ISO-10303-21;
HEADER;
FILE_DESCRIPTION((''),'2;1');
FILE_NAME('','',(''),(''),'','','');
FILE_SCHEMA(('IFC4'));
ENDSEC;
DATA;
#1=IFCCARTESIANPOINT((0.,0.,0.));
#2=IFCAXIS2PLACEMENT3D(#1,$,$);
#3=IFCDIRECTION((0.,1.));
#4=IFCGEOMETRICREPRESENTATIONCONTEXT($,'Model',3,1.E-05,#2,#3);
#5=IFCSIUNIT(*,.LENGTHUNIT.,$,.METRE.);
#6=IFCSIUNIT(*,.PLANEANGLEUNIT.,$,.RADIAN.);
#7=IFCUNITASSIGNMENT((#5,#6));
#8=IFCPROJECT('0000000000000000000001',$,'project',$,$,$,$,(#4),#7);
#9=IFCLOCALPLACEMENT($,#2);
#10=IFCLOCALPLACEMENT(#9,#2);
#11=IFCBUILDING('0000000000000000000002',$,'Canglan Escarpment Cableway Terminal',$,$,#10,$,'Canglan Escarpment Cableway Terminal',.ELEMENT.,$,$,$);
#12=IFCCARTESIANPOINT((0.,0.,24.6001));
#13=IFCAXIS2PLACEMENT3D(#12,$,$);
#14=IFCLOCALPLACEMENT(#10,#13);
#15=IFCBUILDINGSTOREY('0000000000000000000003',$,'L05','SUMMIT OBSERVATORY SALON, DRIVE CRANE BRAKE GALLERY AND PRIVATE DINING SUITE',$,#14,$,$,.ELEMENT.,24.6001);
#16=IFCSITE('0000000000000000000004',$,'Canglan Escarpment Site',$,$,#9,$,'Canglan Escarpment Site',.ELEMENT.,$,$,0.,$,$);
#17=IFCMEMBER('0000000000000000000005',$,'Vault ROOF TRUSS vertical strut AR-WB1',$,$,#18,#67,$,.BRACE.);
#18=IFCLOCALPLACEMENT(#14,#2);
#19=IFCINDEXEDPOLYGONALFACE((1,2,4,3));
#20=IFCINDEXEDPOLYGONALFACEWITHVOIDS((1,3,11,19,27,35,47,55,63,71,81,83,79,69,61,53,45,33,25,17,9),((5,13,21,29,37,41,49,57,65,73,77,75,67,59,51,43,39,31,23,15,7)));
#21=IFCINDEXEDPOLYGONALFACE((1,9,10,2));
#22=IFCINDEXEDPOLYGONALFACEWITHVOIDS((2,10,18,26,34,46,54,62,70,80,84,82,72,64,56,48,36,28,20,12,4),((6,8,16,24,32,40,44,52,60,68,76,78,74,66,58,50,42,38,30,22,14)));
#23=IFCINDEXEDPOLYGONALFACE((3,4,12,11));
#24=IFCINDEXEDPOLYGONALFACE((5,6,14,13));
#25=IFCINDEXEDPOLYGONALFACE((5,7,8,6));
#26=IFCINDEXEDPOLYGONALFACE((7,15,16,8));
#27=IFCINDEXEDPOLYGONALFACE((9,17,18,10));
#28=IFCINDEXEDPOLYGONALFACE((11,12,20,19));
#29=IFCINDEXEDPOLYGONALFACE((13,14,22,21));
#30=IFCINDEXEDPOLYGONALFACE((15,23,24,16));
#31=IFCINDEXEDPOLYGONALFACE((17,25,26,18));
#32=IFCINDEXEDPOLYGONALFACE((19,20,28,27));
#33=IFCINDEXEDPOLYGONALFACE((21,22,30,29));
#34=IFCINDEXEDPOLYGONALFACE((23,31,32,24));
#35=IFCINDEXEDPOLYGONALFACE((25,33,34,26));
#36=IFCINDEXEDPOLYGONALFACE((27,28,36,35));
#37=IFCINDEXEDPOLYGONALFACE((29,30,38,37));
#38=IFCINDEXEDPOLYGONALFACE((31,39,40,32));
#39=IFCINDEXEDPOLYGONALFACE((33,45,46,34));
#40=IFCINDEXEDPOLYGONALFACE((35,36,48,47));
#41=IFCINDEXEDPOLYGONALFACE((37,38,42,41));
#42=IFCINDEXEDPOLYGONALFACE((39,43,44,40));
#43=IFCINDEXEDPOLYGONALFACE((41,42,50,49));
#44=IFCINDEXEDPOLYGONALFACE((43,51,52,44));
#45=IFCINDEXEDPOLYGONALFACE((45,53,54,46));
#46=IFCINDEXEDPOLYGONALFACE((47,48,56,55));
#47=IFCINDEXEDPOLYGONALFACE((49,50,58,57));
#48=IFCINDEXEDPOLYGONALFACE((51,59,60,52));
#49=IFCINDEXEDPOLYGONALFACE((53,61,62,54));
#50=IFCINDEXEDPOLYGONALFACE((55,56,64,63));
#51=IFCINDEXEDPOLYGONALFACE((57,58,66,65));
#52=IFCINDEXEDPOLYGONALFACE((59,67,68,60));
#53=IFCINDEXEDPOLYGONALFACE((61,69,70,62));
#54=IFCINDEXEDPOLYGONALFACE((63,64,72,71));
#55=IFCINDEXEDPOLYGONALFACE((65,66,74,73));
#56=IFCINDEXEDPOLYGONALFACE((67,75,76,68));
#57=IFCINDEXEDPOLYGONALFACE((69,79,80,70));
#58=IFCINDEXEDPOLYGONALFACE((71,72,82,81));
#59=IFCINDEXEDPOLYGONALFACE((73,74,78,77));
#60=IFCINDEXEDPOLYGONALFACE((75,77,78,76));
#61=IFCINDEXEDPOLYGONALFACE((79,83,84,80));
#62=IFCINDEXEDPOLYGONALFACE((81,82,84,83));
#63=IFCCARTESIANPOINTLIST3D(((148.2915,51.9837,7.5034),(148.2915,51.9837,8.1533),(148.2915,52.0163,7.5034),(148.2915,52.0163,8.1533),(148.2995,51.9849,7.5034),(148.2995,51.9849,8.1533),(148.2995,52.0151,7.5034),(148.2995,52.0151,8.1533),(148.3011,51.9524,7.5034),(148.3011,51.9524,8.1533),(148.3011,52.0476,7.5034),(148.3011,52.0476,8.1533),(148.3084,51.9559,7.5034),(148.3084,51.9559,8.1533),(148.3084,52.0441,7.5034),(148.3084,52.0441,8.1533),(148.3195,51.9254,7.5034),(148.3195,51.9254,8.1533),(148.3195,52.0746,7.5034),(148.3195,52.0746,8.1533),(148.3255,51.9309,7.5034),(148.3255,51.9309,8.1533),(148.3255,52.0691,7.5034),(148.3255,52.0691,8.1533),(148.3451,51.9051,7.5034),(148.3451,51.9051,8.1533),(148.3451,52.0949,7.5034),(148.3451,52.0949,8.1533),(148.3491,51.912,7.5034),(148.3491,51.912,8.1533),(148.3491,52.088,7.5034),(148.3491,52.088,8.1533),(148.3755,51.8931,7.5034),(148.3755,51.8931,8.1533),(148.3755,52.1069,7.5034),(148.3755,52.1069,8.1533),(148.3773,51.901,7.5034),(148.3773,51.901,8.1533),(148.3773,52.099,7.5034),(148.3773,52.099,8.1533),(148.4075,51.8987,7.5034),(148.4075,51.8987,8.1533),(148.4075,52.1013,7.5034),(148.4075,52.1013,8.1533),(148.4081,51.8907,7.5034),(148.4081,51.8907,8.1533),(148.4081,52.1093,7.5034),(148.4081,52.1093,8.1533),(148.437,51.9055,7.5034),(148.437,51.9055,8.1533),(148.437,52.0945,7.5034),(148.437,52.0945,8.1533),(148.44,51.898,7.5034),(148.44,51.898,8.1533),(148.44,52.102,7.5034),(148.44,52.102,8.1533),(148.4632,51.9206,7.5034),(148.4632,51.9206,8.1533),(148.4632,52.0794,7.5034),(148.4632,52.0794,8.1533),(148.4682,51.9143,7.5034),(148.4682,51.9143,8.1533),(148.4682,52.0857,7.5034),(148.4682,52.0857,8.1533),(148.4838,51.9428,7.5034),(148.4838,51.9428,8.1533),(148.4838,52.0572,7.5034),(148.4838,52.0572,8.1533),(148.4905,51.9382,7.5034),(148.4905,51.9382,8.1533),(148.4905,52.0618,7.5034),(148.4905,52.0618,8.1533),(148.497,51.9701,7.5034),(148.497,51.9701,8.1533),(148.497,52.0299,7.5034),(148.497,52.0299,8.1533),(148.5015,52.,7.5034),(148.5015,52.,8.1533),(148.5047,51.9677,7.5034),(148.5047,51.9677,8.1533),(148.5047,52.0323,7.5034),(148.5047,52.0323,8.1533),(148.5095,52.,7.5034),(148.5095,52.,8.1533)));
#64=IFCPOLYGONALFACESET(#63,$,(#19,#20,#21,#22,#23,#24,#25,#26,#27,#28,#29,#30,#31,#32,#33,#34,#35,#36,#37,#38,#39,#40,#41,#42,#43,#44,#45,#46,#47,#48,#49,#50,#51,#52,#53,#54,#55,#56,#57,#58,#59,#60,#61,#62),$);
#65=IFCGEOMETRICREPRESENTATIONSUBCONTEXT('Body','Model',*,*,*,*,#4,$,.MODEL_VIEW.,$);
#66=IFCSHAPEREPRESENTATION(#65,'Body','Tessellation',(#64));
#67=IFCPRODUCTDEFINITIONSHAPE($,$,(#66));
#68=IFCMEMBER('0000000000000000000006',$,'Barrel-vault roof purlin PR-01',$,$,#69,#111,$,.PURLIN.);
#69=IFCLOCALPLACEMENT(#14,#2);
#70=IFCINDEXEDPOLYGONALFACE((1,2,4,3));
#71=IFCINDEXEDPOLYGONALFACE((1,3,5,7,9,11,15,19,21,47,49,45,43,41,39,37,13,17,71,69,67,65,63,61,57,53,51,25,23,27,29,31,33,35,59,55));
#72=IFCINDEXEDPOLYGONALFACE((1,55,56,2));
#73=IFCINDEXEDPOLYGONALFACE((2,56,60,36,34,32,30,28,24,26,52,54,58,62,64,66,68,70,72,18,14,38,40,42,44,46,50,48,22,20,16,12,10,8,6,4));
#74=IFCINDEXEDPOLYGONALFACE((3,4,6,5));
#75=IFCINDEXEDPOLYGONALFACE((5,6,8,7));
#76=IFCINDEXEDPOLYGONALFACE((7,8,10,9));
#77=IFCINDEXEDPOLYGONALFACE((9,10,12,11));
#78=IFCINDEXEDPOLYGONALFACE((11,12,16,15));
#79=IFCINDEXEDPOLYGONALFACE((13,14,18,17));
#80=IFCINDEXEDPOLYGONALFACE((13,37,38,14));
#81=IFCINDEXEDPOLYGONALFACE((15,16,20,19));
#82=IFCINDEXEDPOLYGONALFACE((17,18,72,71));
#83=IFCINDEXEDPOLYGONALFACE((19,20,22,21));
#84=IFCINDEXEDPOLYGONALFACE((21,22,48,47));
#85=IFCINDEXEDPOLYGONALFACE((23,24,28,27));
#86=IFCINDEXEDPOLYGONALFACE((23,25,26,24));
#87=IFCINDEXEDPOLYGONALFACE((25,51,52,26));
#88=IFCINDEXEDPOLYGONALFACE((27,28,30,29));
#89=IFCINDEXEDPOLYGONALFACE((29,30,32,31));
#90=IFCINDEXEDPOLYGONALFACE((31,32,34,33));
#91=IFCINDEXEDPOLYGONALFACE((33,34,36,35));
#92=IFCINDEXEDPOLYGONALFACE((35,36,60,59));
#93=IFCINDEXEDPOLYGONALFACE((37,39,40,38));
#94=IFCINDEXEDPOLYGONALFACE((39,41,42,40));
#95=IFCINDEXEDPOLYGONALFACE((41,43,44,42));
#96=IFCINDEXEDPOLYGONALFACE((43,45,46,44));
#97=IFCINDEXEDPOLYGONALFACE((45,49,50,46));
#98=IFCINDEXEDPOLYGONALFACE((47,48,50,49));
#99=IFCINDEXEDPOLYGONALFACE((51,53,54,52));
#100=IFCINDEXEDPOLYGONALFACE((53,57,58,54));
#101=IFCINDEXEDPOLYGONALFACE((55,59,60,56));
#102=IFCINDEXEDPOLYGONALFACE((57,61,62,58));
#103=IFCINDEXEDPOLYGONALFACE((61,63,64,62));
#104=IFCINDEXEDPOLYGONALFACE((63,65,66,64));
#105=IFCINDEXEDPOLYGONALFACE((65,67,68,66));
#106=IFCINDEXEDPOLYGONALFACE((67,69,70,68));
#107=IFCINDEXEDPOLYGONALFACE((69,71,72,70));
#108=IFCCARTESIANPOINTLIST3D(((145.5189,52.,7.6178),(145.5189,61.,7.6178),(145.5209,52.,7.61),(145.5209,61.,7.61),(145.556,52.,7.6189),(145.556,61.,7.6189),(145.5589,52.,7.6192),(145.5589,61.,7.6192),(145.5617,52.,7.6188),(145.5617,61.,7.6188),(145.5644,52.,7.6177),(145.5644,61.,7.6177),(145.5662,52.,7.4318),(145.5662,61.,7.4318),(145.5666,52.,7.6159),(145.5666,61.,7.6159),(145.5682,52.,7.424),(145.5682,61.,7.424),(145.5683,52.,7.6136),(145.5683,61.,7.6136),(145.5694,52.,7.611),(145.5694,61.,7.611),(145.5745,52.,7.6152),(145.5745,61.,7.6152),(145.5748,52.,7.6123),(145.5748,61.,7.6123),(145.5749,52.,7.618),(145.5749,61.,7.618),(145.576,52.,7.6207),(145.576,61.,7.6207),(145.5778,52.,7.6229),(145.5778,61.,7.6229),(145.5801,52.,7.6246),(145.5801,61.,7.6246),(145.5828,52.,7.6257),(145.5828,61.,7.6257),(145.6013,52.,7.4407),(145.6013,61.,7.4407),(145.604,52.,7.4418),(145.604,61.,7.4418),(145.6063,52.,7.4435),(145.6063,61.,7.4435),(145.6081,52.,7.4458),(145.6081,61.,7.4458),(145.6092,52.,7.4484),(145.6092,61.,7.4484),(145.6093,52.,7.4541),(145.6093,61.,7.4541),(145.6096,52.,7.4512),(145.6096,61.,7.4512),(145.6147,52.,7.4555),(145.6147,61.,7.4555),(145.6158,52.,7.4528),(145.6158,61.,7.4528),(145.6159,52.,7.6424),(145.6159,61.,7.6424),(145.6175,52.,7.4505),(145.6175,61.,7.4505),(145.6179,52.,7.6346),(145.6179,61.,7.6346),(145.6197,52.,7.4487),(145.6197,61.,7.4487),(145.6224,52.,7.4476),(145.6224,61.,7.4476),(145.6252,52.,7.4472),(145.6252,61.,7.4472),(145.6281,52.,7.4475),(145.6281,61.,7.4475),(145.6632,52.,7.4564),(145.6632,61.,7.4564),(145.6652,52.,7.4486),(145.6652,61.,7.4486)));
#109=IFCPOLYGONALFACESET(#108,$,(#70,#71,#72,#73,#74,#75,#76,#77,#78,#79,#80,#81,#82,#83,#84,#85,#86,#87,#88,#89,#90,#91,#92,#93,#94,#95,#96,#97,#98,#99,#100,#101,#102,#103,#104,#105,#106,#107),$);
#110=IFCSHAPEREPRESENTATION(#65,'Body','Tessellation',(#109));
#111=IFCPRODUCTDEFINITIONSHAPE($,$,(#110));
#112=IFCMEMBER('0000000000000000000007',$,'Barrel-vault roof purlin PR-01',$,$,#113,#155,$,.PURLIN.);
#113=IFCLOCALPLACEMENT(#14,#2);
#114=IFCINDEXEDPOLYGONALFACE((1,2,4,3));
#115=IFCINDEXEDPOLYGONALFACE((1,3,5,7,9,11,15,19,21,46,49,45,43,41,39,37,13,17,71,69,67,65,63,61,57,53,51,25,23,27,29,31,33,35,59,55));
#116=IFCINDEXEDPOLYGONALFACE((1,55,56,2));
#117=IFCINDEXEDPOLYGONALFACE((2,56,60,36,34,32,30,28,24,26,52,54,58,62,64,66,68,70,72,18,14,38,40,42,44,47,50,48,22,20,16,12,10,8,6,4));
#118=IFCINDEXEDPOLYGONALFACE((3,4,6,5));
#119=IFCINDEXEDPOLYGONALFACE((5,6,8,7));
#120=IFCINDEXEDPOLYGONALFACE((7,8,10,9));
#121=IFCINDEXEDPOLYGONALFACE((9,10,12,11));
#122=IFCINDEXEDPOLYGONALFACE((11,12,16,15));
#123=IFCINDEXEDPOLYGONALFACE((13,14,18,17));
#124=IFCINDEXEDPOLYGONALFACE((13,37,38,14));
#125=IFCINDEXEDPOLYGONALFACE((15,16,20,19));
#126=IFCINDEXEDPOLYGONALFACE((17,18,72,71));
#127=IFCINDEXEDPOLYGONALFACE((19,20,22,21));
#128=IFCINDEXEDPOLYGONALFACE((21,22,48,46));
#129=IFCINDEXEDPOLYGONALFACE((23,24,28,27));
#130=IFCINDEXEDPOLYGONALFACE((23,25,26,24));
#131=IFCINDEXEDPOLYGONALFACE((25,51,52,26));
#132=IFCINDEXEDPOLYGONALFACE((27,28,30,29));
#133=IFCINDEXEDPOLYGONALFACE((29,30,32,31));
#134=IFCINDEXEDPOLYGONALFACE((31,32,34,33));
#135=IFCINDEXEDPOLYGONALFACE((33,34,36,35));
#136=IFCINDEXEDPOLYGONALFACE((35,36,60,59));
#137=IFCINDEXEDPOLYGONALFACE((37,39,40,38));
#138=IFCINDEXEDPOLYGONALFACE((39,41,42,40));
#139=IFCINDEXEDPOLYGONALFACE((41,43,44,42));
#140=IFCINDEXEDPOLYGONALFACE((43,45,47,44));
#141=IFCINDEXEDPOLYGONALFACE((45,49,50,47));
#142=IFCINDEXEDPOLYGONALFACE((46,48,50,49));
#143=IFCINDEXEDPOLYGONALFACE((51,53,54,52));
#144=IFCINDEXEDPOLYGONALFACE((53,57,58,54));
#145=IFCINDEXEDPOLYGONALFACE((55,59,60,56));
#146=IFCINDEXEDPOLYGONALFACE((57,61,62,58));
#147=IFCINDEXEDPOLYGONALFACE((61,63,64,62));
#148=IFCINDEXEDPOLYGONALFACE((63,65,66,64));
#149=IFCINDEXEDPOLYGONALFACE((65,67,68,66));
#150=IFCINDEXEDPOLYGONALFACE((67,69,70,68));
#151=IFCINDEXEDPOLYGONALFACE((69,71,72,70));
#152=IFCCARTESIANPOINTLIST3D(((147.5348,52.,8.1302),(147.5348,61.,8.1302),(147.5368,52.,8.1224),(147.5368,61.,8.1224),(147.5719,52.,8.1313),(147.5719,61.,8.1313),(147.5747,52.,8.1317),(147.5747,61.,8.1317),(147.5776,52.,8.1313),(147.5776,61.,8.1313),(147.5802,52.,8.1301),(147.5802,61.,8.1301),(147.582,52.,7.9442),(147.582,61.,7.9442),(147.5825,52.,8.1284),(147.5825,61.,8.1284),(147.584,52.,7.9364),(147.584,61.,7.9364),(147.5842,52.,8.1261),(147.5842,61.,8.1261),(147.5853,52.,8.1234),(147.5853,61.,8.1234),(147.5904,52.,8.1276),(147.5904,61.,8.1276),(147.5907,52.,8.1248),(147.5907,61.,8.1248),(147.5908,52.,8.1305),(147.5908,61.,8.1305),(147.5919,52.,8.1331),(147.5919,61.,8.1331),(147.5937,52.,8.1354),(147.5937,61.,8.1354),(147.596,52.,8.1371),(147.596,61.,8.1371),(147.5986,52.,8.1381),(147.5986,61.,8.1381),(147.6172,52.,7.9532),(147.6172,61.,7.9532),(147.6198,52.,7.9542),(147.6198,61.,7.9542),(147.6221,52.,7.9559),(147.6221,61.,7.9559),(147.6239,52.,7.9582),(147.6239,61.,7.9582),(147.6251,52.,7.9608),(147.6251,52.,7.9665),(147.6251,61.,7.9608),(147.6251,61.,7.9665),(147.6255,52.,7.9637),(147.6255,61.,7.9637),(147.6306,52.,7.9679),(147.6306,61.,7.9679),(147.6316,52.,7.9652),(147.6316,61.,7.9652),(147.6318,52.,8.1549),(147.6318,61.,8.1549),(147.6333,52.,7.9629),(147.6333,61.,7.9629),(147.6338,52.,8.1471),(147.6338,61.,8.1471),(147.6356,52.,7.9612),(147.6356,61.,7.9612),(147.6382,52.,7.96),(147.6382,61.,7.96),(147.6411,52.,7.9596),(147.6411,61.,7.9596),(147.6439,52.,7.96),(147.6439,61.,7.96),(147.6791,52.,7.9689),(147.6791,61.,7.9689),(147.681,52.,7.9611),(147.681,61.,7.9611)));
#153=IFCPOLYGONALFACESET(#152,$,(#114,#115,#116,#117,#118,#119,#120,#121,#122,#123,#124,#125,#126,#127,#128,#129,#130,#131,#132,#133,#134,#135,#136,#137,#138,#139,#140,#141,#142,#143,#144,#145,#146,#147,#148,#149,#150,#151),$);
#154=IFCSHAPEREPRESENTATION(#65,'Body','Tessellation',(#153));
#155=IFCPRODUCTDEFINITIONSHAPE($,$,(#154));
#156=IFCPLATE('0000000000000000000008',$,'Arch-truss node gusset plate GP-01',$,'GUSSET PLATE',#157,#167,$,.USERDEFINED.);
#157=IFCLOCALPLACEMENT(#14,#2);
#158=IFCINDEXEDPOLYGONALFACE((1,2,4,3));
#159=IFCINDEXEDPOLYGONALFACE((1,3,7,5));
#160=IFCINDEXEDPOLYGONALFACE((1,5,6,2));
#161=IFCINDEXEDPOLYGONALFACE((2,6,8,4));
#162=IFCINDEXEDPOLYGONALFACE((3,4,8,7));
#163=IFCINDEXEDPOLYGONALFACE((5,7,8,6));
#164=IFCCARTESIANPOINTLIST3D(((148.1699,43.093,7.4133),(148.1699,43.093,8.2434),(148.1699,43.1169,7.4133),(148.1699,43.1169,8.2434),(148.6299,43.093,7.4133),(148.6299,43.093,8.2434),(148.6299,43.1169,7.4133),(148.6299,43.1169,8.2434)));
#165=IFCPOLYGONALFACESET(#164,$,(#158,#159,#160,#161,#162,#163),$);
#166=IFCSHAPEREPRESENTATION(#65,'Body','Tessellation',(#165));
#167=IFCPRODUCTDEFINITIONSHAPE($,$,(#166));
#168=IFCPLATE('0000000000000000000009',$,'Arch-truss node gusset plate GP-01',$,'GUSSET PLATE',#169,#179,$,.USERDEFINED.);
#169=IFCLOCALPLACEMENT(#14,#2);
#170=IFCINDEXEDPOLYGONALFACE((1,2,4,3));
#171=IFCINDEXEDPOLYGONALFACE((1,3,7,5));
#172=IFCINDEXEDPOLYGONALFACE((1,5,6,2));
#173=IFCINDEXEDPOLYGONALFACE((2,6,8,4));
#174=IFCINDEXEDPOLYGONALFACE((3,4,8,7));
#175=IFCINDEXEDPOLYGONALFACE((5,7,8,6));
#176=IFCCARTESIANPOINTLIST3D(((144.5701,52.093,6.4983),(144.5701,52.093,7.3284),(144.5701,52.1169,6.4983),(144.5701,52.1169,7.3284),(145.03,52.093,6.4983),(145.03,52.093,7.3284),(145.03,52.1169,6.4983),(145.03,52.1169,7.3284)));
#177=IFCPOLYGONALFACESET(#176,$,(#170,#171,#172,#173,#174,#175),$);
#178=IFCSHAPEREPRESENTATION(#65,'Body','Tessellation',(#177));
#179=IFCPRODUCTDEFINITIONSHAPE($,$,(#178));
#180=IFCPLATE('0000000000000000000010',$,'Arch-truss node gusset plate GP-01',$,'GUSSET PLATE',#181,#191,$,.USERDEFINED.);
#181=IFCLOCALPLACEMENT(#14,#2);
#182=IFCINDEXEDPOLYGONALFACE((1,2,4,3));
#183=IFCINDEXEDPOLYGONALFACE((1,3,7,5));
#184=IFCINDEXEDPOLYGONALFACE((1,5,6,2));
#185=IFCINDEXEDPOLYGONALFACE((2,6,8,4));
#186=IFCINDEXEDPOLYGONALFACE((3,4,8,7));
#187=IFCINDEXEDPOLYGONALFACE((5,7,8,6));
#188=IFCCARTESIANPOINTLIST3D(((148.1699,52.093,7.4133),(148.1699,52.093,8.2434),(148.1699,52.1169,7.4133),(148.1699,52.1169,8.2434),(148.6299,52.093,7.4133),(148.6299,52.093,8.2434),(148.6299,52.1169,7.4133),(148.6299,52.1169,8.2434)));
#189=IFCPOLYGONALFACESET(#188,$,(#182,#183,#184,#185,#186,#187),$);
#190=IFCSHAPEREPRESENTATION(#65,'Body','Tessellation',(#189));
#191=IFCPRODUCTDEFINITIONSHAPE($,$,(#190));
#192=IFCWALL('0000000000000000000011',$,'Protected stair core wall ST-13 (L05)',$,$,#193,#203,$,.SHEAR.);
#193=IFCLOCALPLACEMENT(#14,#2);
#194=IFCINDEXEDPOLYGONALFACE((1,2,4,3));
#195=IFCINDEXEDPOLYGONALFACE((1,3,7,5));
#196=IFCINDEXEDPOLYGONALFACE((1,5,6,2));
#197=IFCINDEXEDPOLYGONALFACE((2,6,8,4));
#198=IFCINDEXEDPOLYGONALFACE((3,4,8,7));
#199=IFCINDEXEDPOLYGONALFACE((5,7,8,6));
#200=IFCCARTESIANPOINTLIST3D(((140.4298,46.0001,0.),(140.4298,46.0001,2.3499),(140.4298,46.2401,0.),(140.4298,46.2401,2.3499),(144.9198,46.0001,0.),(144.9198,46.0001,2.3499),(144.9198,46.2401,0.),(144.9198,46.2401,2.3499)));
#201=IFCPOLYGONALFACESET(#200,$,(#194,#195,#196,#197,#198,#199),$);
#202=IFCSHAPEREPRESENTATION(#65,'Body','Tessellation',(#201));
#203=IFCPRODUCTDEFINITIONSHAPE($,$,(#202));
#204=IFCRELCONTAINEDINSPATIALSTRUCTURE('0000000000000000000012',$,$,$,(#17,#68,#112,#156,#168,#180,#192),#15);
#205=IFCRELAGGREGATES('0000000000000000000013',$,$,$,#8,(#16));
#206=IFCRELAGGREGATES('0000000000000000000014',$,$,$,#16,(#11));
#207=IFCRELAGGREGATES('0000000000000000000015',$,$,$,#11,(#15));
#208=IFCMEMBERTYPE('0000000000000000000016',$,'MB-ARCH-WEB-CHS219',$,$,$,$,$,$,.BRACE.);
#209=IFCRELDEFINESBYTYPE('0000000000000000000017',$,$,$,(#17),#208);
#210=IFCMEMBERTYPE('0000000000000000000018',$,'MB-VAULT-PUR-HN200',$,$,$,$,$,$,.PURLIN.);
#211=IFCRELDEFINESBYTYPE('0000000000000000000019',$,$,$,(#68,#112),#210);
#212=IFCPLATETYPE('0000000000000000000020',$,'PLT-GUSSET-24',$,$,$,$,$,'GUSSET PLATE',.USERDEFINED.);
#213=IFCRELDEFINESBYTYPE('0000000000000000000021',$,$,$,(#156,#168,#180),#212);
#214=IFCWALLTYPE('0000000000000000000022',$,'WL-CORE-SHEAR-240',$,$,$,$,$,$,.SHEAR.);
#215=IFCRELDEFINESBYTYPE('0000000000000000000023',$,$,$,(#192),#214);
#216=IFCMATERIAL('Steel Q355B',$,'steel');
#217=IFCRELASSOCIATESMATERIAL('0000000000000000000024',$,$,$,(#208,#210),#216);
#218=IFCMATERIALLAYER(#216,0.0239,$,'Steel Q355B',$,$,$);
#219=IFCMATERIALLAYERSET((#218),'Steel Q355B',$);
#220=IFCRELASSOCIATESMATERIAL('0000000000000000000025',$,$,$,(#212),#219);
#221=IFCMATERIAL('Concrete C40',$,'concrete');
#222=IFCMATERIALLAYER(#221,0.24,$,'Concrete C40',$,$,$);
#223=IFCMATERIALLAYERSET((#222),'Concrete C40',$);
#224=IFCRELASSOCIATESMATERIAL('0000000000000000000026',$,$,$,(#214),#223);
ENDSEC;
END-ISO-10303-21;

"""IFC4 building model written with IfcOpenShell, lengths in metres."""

from ifc_helpers import new_model, si_unit, direction, frame, frame_2d, origin, origin_2d, place, context, subcontext, project, spatial, rectangle, hollow_circle, i_section, extrude, material, layer, layer_set, material_profile, profile_set, type_object, element, save


model = new_model("IFC4")

# Units and contexts
model_context = context("Model", 3, precision=1e-05, world=origin(), true_north=direction((0.0, 1.0)))
body_context = subcontext(model_context, "Body", "Model", "MODEL_VIEW")
ifc_project = project(units=[si_unit("LENGTHUNIT", "METRE"), si_unit("PLANEANGLEUNIT", "RADIAN")], contexts=[model_context])

# Site, building, storey
site_placement = place(None, origin())
site = spatial("IfcSite", under=ifc_project, at=site_placement, Name="Canglan Escarpment Site", LongName="Canglan Escarpment Site", CompositionType="ELEMENT", RefElevation=0.0)
building_placement = place(site_placement, origin())
building = spatial("IfcBuilding", under=site, at=building_placement, Name="Canglan Escarpment Cableway Terminal", LongName="Canglan Escarpment Cableway Terminal", CompositionType="ELEMENT")
storey_placement = place(building_placement, frame((0.0, 0.0, 24.6001)))
storey = spatial("IfcBuildingStorey", under=building, at=storey_placement, Name="L05", Description="SUMMIT OBSERVATORY SALON, DRIVE CRANE BRAKE GALLERY AND PRIVATE DINING SUITE", CompositionType="ELEMENT", Elevation=24.6001)

# Shared definitions
ifc_material_1 = material(Name="Steel Q355B", Category="steel")

# Members
ifc_material_profile_1 = material_profile(ifc_material_1, hollow_circle(Radius=0.1096, WallThickness=0.0081, at=origin_2d()), Name="CHS 219.1x8")
ifc_profile_set_1 = profile_set([ifc_material_profile_1], Name="Steel Q355B")
member_type_1 = type_object("IfcMemberType", Name="MB-ARCH-WEB-CHS219", PredefinedType="BRACE", material=ifc_profile_set_1)
for number, where, z_axis, x_axis, name in (
    (1, (148.3999, 52.0, 7.5034), (0.0, 0.0, 1.0), (1.0, 0.0, 0.0), "Vault ROOF TRUSS vertical strut AR-WB1"),
):
    element("IfcMember", number, at=place(storey_placement, frame(where, z_axis=z_axis, x_axis=x_axis)), inside=storey, type_object=member_type_1, Name=name, PredefinedType="BRACE", context=body_context, shape_type="SweptSolid", body=[
        extrude(hollow_circle(Radius=0.1096, WallThickness=0.0081, at=origin_2d()), origin(), (0.0, 0.0, 1.0), 0.6499),
    ])
ifc_material_profile_2 = material_profile(ifc_material_1, i_section(OverallWidth=0.1001, OverallDepth=0.2, WebThickness=0.0056, FlangeThickness=0.0081, FilletRadius=0.011, at=origin_2d()), Name="HN 200x100x5.5x8")
ifc_profile_set_2 = profile_set([ifc_material_profile_2], Name="Steel Q355B")
member_type_2 = type_object("IfcMemberType", Name="MB-VAULT-PUR-HN200", PredefinedType="PURLIN", material=ifc_profile_set_2)
for number, where, z_axis, x_axis, name in (
    (2, (145.592, 52.0, 7.5332), (0.0, 1.0, 0.0), (-0.969184, 0.0, -0.246339), "Barrel-vault roof purlin PR-01"),
    (3, (147.6079, 52.0, 8.0457), (0.0, 1.0, 0.0), (-0.969184, 0.0, -0.246339), "Barrel-vault roof purlin PR-01"),
):
    element("IfcMember", number, at=place(storey_placement, frame(where, z_axis=z_axis, x_axis=x_axis)), inside=storey, type_object=member_type_2, Name=name, PredefinedType="PURLIN", context=body_context, shape_type="SweptSolid", body=[
        extrude(i_section(OverallWidth=0.1001, OverallDepth=0.2, WebThickness=0.0056, FlangeThickness=0.0081, FilletRadius=0.011, at=origin_2d()), origin(), (0.0, 0.0, 1.0), 9.0),
    ])

# Plates
ifc_layer_1 = layer(ifc_material_1, 0.0239, Name="Steel Q355B")
ifc_layer_set_1 = layer_set([ifc_layer_1], Name="Steel Q355B")
plate_type = type_object("IfcPlateType", Name="PLT-GUSSET-24", ElementType="GUSSET PLATE", PredefinedType="USERDEFINED", material=ifc_layer_set_1)
for number, where, z_axis, x_axis, name in (
    (4, (148.3999, 43.105, 7.4133), (0.0, 0.0, 1.0), (1.0, 0.0, 0.0), "Arch-truss node gusset plate GP-01"),
    (5, (144.8, 52.105, 6.4983), (0.0, 0.0, 1.0), (1.0, 0.0, 0.0), "Arch-truss node gusset plate GP-01"),
    (6, (148.3999, 52.105, 7.4133), (0.0, 0.0, 1.0), (1.0, 0.0, 0.0), "Arch-truss node gusset plate GP-01"),
):
    element("IfcPlate", number, at=place(storey_placement, frame(where, z_axis=z_axis, x_axis=x_axis)), inside=storey, type_object=plate_type, Name=name, ObjectType="GUSSET PLATE", PredefinedType="USERDEFINED", context=body_context, shape_type="SweptSolid", body=[
        extrude(rectangle(XDim=0.46, YDim=0.0239, at=origin_2d()), origin(), (0.0, 0.0, 1.0), 0.8301),
    ])

# Wall
ifc_material_2 = material(Name="Concrete C40", Category="concrete")
ifc_layer_2 = layer(ifc_material_2, 0.24, Name="Concrete C40")
ifc_layer_set_2 = layer_set([ifc_layer_2], Name="Concrete C40")
wall_type_1 = type_object("IfcWallType", Name="WL-CORE-SHEAR-240", PredefinedType="SHEAR", material=ifc_layer_set_2)
wall_1_placement = place(storey_placement, frame((144.9199, 46.1201, 0.0), z_axis=(0.0, 0.0, 1.0), x_axis=(-1.0, 0.0, 0.0)))
element("IfcWall", 7, at=wall_1_placement, inside=storey, type_object=wall_type_1, Name="Protected stair core wall ST-13 (L05)", PredefinedType="SHEAR", context=body_context, shape_type="SweptSolid", body=[
    extrude(rectangle(XDim=4.49, YDim=0.24, at=frame_2d((2.2451, 0.0))), origin(), (0.0, 0.0, 1.0), 2.3499),
])

save(model, "model.ifc")
